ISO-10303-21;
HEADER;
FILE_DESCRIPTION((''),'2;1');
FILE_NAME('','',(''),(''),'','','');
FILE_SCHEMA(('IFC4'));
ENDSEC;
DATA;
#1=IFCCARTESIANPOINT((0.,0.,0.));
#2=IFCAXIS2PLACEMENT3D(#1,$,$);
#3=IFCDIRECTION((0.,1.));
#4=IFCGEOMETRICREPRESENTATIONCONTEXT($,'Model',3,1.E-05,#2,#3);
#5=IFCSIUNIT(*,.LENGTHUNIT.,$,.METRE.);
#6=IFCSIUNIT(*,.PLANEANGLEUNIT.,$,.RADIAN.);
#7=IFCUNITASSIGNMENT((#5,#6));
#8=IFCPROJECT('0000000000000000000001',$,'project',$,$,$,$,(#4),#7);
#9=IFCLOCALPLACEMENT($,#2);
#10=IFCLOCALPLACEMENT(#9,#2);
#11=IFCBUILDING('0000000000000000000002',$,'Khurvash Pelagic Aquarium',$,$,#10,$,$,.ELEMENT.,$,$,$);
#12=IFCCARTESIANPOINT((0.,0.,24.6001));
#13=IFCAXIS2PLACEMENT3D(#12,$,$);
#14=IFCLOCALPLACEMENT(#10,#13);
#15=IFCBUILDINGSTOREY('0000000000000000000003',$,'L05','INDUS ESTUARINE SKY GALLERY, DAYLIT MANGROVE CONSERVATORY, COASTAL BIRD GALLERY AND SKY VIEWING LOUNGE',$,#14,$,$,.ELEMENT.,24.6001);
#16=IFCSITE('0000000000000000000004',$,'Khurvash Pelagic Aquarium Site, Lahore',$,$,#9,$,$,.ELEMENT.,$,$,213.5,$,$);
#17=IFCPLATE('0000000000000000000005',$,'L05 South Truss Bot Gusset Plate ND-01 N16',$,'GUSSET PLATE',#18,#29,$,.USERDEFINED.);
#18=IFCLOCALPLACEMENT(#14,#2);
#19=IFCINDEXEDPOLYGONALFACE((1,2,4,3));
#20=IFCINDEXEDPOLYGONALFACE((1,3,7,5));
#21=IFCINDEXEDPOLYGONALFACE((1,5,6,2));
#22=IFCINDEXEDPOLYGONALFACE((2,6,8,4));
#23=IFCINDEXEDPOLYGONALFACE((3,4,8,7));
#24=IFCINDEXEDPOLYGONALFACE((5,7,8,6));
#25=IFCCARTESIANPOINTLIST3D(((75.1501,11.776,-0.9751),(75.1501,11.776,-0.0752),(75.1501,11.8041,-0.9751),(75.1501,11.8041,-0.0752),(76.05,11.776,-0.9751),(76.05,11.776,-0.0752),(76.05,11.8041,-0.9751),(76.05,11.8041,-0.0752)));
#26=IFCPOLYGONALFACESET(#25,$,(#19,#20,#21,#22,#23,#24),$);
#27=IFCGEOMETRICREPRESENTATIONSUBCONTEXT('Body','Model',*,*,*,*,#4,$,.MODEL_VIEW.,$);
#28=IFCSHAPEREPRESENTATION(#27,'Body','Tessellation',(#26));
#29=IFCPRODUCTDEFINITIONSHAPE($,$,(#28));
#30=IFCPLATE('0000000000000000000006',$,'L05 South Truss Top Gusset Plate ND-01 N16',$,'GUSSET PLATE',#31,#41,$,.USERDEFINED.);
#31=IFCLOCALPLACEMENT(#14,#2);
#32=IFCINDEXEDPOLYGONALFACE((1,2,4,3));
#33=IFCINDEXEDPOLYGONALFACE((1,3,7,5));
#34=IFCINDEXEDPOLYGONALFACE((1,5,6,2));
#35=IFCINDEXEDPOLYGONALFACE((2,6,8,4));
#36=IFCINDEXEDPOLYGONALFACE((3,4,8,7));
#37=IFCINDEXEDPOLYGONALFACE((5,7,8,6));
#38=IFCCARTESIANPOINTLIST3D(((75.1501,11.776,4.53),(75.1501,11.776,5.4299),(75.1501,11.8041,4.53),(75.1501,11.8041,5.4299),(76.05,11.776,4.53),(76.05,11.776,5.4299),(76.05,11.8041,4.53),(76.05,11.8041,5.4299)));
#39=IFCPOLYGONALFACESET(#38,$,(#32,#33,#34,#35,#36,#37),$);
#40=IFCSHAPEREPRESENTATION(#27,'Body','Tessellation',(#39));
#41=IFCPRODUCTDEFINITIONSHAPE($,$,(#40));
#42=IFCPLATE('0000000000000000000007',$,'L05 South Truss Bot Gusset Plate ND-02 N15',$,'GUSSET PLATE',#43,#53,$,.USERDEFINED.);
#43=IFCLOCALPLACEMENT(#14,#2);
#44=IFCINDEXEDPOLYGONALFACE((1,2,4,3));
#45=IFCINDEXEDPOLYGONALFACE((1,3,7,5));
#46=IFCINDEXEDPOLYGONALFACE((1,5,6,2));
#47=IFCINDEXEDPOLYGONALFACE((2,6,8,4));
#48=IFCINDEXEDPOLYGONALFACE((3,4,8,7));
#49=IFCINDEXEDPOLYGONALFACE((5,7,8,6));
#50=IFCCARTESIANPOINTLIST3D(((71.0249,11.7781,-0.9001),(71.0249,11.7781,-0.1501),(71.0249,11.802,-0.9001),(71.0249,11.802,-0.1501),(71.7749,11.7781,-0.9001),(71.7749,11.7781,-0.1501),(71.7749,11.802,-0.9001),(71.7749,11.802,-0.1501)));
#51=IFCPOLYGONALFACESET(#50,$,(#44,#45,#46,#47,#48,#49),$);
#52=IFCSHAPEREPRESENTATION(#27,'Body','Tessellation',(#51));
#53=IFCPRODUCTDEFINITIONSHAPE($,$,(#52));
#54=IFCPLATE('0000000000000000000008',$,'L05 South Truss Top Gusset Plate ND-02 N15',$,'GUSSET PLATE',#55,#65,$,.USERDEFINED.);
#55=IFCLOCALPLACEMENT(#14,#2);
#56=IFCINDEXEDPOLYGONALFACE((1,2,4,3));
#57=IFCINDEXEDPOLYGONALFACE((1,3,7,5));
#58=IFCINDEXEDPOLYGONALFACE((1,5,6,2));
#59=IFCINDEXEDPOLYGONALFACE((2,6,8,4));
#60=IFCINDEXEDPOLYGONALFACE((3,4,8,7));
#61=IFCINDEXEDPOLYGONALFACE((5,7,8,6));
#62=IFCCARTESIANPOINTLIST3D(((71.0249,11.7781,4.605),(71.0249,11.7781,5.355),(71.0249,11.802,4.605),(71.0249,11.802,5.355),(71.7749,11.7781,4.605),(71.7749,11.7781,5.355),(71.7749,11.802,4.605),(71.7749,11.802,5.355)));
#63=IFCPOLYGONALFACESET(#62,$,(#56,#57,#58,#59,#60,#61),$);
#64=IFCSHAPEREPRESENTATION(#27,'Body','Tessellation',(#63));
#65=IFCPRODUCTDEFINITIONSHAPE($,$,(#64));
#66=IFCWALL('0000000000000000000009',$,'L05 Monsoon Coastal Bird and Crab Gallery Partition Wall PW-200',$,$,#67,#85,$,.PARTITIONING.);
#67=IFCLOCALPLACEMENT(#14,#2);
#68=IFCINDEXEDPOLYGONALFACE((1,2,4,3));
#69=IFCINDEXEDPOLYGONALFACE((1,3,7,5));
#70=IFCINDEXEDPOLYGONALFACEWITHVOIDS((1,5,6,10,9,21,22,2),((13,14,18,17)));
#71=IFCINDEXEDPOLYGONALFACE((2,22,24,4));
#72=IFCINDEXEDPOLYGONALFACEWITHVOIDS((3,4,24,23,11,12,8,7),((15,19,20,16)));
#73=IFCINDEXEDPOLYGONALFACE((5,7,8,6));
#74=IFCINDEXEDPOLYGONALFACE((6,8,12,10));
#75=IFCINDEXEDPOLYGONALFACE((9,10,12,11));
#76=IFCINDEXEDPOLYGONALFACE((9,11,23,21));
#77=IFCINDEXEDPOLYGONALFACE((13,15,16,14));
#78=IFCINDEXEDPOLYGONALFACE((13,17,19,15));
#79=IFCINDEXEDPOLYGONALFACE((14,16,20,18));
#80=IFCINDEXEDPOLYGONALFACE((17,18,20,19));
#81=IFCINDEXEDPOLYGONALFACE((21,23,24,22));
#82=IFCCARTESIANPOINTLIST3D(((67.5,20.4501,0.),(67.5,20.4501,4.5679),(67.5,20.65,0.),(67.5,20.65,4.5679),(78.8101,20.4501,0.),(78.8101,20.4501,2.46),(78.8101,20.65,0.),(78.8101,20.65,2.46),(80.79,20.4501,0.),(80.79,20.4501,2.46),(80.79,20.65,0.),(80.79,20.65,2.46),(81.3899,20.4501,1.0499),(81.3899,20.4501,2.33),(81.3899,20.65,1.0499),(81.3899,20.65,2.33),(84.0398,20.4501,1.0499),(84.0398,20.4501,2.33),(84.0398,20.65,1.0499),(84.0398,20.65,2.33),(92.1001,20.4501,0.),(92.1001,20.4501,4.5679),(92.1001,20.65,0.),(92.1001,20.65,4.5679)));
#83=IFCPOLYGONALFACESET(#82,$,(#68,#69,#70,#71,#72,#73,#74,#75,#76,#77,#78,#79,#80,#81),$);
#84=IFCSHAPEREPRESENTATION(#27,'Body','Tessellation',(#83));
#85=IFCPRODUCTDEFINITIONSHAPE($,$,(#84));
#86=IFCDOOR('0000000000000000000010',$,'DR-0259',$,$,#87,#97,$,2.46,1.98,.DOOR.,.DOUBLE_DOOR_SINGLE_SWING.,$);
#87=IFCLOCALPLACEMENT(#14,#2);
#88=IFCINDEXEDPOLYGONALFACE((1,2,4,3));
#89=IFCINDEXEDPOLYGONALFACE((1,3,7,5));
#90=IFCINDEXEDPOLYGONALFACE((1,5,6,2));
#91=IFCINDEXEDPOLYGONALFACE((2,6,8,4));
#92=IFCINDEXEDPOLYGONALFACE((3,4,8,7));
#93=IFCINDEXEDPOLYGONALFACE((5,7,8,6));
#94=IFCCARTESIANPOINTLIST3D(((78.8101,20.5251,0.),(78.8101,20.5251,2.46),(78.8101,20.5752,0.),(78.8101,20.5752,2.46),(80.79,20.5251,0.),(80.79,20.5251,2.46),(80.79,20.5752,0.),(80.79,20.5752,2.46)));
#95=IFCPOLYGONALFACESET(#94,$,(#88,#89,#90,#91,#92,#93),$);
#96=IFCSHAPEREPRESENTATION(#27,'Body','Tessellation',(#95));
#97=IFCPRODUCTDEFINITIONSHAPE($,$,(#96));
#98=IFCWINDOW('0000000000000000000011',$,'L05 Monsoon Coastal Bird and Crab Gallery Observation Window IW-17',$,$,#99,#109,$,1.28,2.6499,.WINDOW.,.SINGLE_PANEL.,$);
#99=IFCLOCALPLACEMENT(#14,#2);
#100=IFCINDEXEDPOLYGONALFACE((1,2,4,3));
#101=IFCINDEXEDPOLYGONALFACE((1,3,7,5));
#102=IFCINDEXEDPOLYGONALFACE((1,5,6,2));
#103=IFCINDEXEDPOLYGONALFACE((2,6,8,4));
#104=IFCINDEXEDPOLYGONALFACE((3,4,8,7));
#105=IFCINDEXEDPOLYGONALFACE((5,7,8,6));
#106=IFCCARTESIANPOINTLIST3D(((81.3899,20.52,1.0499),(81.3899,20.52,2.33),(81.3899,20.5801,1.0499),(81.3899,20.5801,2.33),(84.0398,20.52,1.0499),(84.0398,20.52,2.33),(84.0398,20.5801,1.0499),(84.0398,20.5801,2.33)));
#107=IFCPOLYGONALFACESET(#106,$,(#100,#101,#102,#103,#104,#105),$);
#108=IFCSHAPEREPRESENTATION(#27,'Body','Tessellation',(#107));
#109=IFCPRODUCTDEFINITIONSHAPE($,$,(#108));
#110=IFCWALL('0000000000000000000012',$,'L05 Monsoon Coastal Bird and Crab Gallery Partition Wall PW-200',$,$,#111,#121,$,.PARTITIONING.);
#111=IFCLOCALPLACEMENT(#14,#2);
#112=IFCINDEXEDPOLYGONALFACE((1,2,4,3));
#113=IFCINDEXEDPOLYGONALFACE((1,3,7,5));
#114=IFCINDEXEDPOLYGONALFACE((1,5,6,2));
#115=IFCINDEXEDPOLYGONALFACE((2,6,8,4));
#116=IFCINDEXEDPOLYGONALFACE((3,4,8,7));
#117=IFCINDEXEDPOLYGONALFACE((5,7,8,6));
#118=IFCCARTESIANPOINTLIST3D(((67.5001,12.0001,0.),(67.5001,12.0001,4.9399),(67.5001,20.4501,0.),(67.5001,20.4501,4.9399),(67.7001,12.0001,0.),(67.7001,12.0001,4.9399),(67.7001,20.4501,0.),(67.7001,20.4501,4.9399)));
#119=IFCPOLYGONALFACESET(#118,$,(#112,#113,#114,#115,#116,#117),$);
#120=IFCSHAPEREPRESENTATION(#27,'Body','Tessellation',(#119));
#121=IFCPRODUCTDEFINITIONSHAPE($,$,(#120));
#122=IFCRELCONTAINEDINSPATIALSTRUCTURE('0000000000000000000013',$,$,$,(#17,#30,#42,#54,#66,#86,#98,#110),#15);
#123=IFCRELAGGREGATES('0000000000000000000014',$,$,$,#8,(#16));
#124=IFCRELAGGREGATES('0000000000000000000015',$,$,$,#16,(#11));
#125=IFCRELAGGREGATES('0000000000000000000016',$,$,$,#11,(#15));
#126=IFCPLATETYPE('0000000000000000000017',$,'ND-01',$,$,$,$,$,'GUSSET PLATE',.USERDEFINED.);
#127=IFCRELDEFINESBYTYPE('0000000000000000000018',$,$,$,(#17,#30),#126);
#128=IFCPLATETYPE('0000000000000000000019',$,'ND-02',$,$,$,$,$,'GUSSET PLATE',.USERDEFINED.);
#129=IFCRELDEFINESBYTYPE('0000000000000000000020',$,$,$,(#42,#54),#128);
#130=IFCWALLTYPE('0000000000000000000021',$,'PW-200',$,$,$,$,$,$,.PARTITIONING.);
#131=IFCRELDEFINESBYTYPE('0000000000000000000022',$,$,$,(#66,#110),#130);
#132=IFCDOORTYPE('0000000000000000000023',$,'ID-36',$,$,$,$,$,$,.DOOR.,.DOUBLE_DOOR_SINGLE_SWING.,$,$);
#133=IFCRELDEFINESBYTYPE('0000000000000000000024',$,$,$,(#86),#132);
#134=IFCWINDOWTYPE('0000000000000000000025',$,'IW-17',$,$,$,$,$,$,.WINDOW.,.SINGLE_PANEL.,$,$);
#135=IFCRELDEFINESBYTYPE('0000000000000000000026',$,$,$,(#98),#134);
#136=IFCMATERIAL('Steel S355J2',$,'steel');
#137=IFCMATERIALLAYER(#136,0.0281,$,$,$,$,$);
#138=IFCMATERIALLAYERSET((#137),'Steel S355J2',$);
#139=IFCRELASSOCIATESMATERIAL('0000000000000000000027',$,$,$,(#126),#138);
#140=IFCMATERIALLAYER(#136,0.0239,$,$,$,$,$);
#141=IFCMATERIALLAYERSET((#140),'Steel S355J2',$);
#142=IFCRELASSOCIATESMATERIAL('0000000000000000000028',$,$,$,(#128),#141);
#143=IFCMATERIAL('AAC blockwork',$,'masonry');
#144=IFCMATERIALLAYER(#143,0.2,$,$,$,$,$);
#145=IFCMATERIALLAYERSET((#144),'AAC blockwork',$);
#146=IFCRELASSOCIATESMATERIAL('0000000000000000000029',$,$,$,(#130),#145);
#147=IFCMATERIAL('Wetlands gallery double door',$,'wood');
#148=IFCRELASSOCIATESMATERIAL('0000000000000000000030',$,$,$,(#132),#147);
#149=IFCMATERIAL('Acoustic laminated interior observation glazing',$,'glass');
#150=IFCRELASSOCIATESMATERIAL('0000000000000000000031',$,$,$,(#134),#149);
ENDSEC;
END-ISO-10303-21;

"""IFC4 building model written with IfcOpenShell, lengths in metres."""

from ifc_helpers import new_model, si_unit, direction, frame, frame_2d, origin, origin_2d, place, context, subcontext, project, spatial, rectangle, extrude, material, layer, layer_set, type_object, element, fill, save


model = new_model("IFC4")

# Units and contexts
model_context = context("Model", 3, precision=1e-05, world=origin(), true_north=direction((0.0, 1.0)))
body_context = subcontext(model_context, "Body", "Model", "MODEL_VIEW")
ifc_project = project(units=[si_unit("LENGTHUNIT", "METRE"), si_unit("PLANEANGLEUNIT", "RADIAN")], contexts=[model_context])

# Site, building, storey
site_placement = place(None, origin())
site = spatial("IfcSite", under=ifc_project, at=site_placement, Name="Khurvash Pelagic Aquarium Site, Lahore", CompositionType="ELEMENT", RefElevation=213.5)
building_placement = place(site_placement, origin())
building = spatial("IfcBuilding", under=site, at=building_placement, Name="Khurvash Pelagic Aquarium", CompositionType="ELEMENT")
storey_placement = place(building_placement, frame((0.0, 0.0, 24.6001)))
storey = spatial("IfcBuildingStorey", under=building, at=storey_placement, Name="L05", Description="INDUS ESTUARINE SKY GALLERY, DAYLIT MANGROVE CONSERVATORY, COASTAL BIRD GALLERY AND SKY VIEWING LOUNGE", CompositionType="ELEMENT", Elevation=24.6001)

# Plates
ifc_material_1 = material(Name="Steel S355J2", Category="steel")
ifc_layer_1 = layer(ifc_material_1, 0.0281)
ifc_layer_set_1 = layer_set([ifc_layer_1], Name="Steel S355J2")
plate_type_1 = type_object("IfcPlateType", Name="ND-01", ElementType="GUSSET PLATE", PredefinedType="USERDEFINED", material=ifc_layer_set_1)
for number, where, z_axis, x_axis, name in (
    (1, (75.6001, 11.79, -0.9751), (0.0, 0.0, 1.0), (1.0, 0.0, 0.0), "L05 South Truss Bot Gusset Plate ND-01 N16"),
    (2, (75.6001, 11.79, 4.53), (0.0, 0.0, 1.0), (1.0, 0.0, 0.0), "L05 South Truss Top Gusset Plate ND-01 N16"),
):
    element("IfcPlate", number, at=place(storey_placement, frame(where, z_axis=z_axis, x_axis=x_axis)), inside=storey, type_object=plate_type_1, Name=name, ObjectType="GUSSET PLATE", PredefinedType="USERDEFINED", context=body_context, shape_type="SweptSolid", body=[
        extrude(rectangle(XDim=0.8999, YDim=0.0281, at=origin_2d()), origin(), (0.0, 0.0, 1.0), 0.8999),
    ])
ifc_layer_2 = layer(ifc_material_1, 0.0239)
ifc_layer_set_2 = layer_set([ifc_layer_2], Name="Steel S355J2")
plate_type_2 = type_object("IfcPlateType", Name="ND-02", ElementType="GUSSET PLATE", PredefinedType="USERDEFINED", material=ifc_layer_set_2)
for number, where, z_axis, x_axis, name in (
    (3, (71.3999, 11.79, -0.9001), (0.0, 0.0, 1.0), (1.0, 0.0, 0.0), "L05 South Truss Bot Gusset Plate ND-02 N15"),
    (4, (71.3999, 11.79, 4.605), (0.0, 0.0, 1.0), (1.0, 0.0, 0.0), "L05 South Truss Top Gusset Plate ND-02 N15"),
):
    element("IfcPlate", number, at=place(storey_placement, frame(where, z_axis=z_axis, x_axis=x_axis)), inside=storey, type_object=plate_type_2, Name=name, ObjectType="GUSSET PLATE", PredefinedType="USERDEFINED", context=body_context, shape_type="SweptSolid", body=[
        extrude(rectangle(XDim=0.75, YDim=0.0239, at=origin_2d()), origin(), (0.0, 0.0, 1.0), 0.75),
    ])

# Wall, openings, door, window
ifc_material_2 = material(Name="AAC blockwork", Category="masonry")
ifc_layer_3 = layer(ifc_material_2, 0.2)
ifc_layer_set_3 = layer_set([ifc_layer_3], Name="AAC blockwork")
wall_type = type_object("IfcWallType", Name="PW-200", PredefinedType="PARTITIONING", material=ifc_layer_set_3)
wall_1_placement = place(storey_placement, frame((67.5, 20.55, 0.0), z_axis=(0.0, 0.0, 1.0), x_axis=(1.0, 0.0, 0.0)))
wall_1 = element("IfcWall", 5, at=wall_1_placement, inside=storey, type_object=wall_type, Name="L05 Monsoon Coastal Bird and Crab Gallery Partition Wall PW-200", PredefinedType="PARTITIONING", context=body_context, shape_type="SweptSolid", body=[
    extrude(rectangle(XDim=24.6001, YDim=0.2, at=frame_2d((12.3, 0.0))), origin(), (0.0, 0.0, 1.0), 4.5679),
])
opening_1_placement = place(wall_1_placement, frame((11.3101, 0.0, 0.0)))
opening_1 = element("IfcOpeningElement", 6, at=opening_1_placement, cuts=wall_1, PredefinedType="OPENING", context=body_context, shape_type="SweptSolid", body=[
    extrude(rectangle(XDim=1.98, YDim=2.46, at=frame_2d((0.99, 1.23))), frame((0.0, 0.1099, 0.0), z_axis=(0.0, -1.0, 0.0), x_axis=(1.0, 0.0, 0.0)), (0.0, 0.0, 1.0), 0.22),
])
opening_2_placement = place(wall_1_placement, frame((13.8899, 0.0, 1.0498)))
opening_2 = element("IfcOpeningElement", 7, at=opening_2_placement, cuts=wall_1, PredefinedType="OPENING", context=body_context, shape_type="SweptSolid", body=[
    extrude(rectangle(XDim=2.6499, YDim=1.28, at=frame_2d((1.325, 0.6401))), frame((0.0, 0.1099, 0.0), z_axis=(0.0, -1.0, 0.0), x_axis=(1.0, 0.0, 0.0)), (0.0, 0.0, 1.0), 0.22),
])
ifc_material_3 = material(Name="Wetlands gallery double door", Category="wood")
door_type = type_object("IfcDoorType", Name="ID-36", OperationType="DOUBLE_DOOR_SINGLE_SWING", PredefinedType="DOOR", material=ifc_material_3)
door_placement = place(opening_1_placement, frame((1.98, 0.0, 0.0), z_axis=(0.0, 0.0, 1.0), x_axis=(-1.0, 0.0, 0.0)))
door = element("IfcDoor", 8, at=door_placement, inside=storey, type_object=door_type, Name="DR-0259", OperationType="DOUBLE_DOOR_SINGLE_SWING", OverallHeight=2.46, OverallWidth=1.98, PredefinedType="DOOR", context=body_context, shape_type="SweptSolid", body=[
    extrude(rectangle(XDim=1.98, YDim=2.46, at=frame_2d((0.99, 1.23))), frame((0.0, 0.0249, 0.0), z_axis=(0.0, -1.0, 0.0), x_axis=(1.0, 0.0, 0.0)), (0.0, 0.0, 1.0), 0.05),
])
fill(opening_1, door)
ifc_material_4 = material(Name="Acoustic laminated interior observation glazing", Category="glass")
window_type = type_object("IfcWindowType", Name="IW-17", PartitioningType="SINGLE_PANEL", PredefinedType="WINDOW", material=ifc_material_4)
window_placement = place(opening_2_placement, origin())
window = element("IfcWindow", 9, at=window_placement, inside=storey, type_object=window_type, Name="L05 Monsoon Coastal Bird and Crab Gallery Observation Window IW-17", OverallHeight=1.28, OverallWidth=2.6499, PartitioningType="SINGLE_PANEL", PredefinedType="WINDOW", context=body_context, shape_type="SweptSolid", body=[
    extrude(rectangle(XDim=2.6499, YDim=1.28, at=frame_2d((1.325, 0.6401))), frame((0.0, 0.03, 0.0), z_axis=(0.0, -1.0, 0.0), x_axis=(1.0, 0.0, 0.0)), (0.0, 0.0, 1.0), 0.0601),
])
fill(opening_2, window)

# Wall
wall_2_placement = place(storey_placement, frame((67.6001, 12.0, 0.0), z_axis=(0.0, 0.0, 1.0), x_axis=(0.0, 1.0, 0.0)))
element("IfcWall", 10, at=wall_2_placement, inside=storey, type_object=wall_type, Name="L05 Monsoon Coastal Bird and Crab Gallery Partition Wall PW-200", PredefinedType="PARTITIONING", context=body_context, shape_type="SweptSolid", body=[
    extrude(rectangle(XDim=8.45, YDim=0.2, at=frame_2d((4.2251, 0.0))), origin(), (0.0, 0.0, 1.0), 4.9399),
])

save(model, "model.ifc")
